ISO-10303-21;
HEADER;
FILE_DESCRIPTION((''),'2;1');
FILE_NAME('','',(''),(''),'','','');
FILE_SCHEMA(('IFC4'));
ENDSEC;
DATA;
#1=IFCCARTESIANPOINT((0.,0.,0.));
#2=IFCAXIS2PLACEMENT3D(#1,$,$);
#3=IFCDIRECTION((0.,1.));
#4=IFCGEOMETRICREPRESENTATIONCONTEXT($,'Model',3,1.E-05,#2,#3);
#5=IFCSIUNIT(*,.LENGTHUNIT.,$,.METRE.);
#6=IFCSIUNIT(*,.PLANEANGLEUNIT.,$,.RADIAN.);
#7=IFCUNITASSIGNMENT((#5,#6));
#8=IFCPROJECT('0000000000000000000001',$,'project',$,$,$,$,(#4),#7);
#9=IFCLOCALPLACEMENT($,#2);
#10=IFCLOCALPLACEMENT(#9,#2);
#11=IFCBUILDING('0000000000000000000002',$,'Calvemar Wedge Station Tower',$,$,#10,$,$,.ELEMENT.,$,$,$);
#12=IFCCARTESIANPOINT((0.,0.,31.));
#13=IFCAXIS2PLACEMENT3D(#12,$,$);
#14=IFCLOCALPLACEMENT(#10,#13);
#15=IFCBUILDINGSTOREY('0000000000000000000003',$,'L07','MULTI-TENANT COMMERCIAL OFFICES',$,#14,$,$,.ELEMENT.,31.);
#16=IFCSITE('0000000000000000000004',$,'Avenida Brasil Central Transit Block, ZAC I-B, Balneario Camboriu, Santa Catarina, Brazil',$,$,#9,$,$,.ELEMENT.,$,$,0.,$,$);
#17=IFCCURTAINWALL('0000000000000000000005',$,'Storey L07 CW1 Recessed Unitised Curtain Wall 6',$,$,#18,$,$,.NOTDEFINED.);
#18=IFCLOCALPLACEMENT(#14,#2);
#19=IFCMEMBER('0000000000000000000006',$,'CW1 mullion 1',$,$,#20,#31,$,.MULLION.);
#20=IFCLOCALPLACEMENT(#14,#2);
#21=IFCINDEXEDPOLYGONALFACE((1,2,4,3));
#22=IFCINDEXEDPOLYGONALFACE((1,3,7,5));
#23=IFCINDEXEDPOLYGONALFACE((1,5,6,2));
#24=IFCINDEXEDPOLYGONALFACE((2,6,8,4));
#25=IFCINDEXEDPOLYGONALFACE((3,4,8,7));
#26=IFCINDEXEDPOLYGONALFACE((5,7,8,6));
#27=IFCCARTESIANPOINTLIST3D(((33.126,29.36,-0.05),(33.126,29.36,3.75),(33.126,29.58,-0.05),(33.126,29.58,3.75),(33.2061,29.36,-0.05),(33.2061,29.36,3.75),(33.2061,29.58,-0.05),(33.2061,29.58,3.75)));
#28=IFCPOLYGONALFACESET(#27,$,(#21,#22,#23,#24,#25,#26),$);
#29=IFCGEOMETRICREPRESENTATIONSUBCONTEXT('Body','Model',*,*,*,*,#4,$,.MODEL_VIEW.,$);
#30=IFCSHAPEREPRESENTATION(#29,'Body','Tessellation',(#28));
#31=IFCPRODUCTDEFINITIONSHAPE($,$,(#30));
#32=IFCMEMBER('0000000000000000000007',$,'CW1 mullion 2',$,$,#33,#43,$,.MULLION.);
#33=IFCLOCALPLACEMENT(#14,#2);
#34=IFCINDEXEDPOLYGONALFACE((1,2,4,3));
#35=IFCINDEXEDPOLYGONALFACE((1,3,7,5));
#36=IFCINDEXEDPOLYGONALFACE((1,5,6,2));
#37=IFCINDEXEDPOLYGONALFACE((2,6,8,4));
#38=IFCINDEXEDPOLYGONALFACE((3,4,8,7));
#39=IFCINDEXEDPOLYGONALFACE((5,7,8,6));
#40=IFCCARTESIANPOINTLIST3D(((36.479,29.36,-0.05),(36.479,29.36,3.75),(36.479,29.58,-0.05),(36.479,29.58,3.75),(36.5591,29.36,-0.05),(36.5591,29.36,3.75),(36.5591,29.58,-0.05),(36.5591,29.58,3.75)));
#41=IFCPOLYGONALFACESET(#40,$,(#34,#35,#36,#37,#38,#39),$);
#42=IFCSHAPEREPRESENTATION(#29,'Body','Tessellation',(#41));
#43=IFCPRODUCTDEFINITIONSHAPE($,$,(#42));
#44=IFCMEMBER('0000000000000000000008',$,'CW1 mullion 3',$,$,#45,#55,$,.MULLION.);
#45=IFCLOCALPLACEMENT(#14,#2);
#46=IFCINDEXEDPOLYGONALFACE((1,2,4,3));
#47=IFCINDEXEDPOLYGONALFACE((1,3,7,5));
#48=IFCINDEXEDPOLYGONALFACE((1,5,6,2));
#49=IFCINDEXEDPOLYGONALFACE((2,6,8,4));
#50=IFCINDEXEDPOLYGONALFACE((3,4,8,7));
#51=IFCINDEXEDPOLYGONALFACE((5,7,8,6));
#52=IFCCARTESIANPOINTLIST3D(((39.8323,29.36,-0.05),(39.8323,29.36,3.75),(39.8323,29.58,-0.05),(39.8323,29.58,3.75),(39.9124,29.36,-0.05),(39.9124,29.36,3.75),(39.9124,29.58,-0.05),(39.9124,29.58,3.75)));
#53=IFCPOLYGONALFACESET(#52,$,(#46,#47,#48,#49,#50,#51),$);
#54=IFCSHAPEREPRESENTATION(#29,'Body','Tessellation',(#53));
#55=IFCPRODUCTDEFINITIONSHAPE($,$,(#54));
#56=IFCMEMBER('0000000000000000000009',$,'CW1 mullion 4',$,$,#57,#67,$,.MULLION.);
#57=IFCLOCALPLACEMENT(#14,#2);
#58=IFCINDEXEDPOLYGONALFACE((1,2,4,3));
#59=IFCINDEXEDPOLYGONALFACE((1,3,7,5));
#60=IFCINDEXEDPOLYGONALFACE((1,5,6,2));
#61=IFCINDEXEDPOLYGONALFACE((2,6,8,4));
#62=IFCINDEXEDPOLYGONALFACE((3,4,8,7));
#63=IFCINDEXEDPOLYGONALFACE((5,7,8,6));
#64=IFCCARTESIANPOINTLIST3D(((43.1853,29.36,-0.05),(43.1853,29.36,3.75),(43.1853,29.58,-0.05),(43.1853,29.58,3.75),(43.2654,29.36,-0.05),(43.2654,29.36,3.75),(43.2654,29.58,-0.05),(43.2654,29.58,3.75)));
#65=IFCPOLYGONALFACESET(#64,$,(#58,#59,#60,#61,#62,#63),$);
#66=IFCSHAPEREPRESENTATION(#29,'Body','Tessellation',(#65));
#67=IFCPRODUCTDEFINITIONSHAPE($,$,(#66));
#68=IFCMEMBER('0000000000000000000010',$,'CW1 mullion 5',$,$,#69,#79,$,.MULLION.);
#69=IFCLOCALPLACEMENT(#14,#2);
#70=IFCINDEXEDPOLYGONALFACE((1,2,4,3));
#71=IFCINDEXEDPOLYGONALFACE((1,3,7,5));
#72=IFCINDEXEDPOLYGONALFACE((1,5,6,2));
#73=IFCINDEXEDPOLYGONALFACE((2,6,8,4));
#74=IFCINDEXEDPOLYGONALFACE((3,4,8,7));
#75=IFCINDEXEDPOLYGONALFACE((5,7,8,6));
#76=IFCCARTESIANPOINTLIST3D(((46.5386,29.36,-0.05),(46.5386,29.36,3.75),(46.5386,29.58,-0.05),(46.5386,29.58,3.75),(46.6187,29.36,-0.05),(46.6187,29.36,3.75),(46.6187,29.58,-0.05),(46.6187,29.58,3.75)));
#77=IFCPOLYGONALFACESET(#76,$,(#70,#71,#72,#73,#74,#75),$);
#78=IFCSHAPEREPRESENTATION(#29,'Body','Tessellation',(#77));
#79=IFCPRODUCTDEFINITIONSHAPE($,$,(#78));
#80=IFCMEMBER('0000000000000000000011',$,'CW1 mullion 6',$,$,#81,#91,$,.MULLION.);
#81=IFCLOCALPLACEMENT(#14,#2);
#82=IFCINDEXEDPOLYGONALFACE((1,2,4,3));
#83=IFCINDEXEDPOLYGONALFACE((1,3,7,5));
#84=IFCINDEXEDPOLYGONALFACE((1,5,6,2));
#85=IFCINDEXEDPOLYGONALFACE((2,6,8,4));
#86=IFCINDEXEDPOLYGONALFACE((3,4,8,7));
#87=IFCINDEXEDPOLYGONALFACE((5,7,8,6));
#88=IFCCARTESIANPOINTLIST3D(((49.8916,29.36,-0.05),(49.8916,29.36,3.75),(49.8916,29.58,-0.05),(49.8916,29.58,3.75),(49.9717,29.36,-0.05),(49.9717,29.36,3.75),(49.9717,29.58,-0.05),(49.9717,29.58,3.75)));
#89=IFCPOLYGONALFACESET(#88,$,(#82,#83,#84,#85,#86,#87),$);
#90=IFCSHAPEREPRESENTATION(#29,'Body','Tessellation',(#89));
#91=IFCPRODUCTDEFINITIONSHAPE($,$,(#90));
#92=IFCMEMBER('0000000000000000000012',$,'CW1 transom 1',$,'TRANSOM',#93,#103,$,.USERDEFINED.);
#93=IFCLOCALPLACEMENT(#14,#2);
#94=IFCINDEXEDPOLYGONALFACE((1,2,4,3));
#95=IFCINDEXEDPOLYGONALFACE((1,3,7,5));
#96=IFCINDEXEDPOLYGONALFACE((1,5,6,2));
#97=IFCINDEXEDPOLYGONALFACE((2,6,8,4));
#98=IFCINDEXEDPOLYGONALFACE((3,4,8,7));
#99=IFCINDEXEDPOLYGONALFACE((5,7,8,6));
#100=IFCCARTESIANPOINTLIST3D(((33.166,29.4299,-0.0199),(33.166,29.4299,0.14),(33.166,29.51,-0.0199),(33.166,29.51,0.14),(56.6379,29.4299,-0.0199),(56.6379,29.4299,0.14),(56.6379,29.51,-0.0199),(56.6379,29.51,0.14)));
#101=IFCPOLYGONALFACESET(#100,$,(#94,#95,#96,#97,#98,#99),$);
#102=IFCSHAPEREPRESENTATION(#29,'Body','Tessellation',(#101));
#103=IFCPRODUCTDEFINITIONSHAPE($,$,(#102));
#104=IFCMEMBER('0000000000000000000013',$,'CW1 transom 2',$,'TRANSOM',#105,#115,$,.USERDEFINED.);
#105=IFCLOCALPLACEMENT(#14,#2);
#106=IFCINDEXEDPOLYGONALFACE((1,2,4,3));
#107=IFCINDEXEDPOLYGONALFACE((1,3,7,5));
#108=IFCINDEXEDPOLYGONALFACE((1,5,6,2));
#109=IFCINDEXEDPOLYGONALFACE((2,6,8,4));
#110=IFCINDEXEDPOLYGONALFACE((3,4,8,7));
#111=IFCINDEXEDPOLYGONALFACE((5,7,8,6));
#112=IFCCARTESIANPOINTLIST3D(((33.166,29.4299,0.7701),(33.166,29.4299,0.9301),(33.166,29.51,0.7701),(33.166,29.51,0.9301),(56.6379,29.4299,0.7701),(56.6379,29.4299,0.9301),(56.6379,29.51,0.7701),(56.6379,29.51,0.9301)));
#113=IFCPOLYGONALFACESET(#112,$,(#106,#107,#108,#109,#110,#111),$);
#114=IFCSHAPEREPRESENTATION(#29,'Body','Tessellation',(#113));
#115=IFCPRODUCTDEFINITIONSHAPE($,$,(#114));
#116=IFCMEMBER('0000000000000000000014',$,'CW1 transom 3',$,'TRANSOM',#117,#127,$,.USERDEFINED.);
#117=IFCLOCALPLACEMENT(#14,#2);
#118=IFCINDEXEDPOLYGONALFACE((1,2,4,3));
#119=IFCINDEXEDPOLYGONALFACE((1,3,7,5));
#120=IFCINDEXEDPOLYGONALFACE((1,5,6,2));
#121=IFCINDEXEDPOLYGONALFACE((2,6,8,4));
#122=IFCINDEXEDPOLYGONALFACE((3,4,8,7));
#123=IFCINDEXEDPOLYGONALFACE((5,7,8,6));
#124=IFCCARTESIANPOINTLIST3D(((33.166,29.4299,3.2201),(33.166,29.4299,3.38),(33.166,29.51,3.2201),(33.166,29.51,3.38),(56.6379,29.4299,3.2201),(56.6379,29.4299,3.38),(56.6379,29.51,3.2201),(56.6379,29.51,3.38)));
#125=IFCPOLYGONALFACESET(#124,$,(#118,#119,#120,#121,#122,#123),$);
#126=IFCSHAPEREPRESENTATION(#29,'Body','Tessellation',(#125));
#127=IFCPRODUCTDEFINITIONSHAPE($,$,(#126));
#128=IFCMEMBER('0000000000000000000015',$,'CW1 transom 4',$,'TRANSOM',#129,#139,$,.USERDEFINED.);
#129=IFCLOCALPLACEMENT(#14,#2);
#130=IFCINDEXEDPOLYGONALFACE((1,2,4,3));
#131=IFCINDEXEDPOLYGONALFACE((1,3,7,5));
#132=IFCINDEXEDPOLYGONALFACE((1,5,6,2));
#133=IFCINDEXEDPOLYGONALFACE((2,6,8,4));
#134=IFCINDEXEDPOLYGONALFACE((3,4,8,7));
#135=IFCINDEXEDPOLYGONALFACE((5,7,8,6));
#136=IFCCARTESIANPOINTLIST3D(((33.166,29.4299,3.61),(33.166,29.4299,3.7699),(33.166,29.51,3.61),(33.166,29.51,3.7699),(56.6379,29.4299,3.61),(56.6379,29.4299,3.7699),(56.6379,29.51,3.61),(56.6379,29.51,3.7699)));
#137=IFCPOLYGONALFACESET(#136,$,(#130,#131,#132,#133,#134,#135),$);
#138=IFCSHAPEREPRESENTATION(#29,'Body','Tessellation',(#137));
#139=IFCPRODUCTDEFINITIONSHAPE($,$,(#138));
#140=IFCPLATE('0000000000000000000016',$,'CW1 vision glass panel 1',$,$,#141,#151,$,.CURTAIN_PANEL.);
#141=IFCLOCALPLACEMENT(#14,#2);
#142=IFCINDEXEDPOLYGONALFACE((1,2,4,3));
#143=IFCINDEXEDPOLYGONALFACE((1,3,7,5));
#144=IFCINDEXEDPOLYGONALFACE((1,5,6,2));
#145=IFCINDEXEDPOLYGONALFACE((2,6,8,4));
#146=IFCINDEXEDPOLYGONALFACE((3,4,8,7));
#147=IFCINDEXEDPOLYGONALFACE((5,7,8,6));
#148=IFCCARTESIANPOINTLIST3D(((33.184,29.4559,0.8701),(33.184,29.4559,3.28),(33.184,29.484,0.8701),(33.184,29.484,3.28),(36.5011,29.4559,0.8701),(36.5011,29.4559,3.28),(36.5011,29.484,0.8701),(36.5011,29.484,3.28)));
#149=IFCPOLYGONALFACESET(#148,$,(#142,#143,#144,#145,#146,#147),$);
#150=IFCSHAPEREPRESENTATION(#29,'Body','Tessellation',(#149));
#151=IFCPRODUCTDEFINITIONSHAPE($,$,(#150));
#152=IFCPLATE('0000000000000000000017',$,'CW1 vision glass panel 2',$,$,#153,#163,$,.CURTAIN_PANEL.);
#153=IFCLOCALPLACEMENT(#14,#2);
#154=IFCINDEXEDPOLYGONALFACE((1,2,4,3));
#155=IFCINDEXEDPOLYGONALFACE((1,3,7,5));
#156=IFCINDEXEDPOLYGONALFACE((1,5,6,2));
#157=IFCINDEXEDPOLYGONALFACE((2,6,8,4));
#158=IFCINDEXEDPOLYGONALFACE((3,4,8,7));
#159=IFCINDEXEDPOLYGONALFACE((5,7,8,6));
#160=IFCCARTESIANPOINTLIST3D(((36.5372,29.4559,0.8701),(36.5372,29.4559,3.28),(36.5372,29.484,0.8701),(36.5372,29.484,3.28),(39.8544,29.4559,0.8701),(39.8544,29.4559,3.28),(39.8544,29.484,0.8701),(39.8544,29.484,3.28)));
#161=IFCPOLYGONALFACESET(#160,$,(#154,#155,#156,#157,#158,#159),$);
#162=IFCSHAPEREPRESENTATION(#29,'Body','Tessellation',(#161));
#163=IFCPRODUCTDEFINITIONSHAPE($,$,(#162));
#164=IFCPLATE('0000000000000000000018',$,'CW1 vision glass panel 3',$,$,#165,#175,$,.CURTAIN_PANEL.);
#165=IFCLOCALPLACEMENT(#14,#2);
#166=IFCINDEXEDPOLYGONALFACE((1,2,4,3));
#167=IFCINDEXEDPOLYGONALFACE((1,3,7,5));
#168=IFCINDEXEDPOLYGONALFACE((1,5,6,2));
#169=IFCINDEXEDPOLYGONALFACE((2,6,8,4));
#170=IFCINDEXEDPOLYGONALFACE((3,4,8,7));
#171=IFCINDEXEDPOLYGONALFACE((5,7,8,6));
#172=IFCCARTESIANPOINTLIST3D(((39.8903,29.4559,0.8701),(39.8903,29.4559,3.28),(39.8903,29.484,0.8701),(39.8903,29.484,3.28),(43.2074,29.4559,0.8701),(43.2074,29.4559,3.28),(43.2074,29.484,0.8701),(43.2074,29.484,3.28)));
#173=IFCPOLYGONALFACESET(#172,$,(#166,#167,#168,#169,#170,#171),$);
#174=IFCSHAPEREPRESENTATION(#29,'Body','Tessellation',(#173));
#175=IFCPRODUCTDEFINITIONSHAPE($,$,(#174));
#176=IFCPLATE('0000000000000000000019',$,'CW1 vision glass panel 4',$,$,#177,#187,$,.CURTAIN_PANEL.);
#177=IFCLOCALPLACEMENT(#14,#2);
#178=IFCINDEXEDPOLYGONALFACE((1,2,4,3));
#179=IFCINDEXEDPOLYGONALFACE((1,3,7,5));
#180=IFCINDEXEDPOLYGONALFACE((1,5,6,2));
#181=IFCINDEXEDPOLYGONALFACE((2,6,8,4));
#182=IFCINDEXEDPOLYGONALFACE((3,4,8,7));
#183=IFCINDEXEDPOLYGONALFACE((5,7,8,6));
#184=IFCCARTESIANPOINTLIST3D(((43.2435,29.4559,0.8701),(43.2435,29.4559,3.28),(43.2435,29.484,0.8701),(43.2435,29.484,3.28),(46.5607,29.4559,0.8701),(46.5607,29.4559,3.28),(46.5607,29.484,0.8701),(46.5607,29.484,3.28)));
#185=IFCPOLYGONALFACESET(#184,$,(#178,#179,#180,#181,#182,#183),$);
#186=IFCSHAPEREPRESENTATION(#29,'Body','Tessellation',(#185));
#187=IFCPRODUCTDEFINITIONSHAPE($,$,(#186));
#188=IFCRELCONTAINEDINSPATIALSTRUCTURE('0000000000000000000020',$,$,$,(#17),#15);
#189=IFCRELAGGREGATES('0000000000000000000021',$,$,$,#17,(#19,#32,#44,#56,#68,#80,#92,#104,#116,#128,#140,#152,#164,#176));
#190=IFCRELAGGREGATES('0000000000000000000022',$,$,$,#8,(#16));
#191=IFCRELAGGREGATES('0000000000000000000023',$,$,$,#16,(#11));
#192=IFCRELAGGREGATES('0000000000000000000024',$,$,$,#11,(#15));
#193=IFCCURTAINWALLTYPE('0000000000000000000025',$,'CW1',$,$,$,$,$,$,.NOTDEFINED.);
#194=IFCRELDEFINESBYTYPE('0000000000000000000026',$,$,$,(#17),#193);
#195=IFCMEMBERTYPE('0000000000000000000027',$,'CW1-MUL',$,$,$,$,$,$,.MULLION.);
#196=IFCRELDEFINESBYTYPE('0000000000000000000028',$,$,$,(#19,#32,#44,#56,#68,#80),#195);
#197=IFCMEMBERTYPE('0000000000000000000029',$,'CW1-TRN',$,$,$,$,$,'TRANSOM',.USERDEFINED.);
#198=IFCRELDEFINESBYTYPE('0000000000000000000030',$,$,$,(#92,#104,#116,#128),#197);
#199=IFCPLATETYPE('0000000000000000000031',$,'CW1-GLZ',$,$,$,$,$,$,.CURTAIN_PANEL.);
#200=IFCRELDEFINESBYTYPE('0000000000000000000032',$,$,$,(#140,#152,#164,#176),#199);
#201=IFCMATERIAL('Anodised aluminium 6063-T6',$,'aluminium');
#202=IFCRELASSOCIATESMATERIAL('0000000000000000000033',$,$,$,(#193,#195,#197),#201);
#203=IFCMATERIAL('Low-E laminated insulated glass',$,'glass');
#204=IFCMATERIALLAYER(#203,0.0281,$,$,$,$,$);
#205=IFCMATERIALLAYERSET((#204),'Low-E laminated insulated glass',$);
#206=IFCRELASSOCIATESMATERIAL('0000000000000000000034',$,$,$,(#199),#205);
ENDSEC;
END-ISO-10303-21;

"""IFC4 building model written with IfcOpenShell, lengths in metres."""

from ifc_helpers import new_model, si_unit, direction, frame, frame_2d, origin, origin_2d, place, context, subcontext, project, spatial, rectangle, extrude, source, transform, mapped, material, layer, layer_set, material_profile, profile_set, type_object, element, aggregate, save


model = new_model("IFC4")

# Units and contexts
model_context = context("Model", 3, precision=1e-05, world=origin(), true_north=direction((0.0, 1.0)))
body_context = subcontext(model_context, "Body", "Model", "MODEL_VIEW")
ifc_project = project(units=[si_unit("LENGTHUNIT", "METRE"), si_unit("PLANEANGLEUNIT", "RADIAN")], contexts=[model_context])

# Site, building, storey
site_placement = place(None, origin())
site = spatial("IfcSite", under=ifc_project, at=site_placement, Name="Avenida Brasil Central Transit Block, ZAC I-B, Balneario Camboriu, Santa Catarina, Brazil", CompositionType="ELEMENT", RefElevation=0.0)
building_placement = place(site_placement, origin())
building = spatial("IfcBuilding", under=site, at=building_placement, Name="Calvemar Wedge Station Tower", CompositionType="ELEMENT")
storey_placement = place(building_placement, frame((0.0, 0.0, 31.0)))
storey = spatial("IfcBuildingStorey", under=building, at=storey_placement, Name="L07", Description="MULTI-TENANT COMMERCIAL OFFICES", CompositionType="ELEMENT", Elevation=31.0)

# Curtain wall, members, plates
ifc_material_1 = material(Name="Anodised aluminium 6063-T6", Category="aluminium")
curtain_wall_type = type_object("IfcCurtainWallType", Name="CW1", PredefinedType="NOTDEFINED", material=ifc_material_1)
curtain_wall_placement = place(storey_placement, origin())
curtain_wall = element("IfcCurtainWall", 1, at=curtain_wall_placement, inside=storey, type_object=curtain_wall_type, Name="Storey L07 CW1 Recessed Unitised Curtain Wall 6", PredefinedType="NOTDEFINED")
ifc_material_profile_1 = material_profile(ifc_material_1, rectangle(XDim=0.0801, YDim=0.22, at=origin_2d()), Name="AL-MUL-80x220")
ifc_profile_set_1 = profile_set([ifc_material_profile_1], Name="Anodised aluminium 6063-T6")
member_type_1 = type_object("IfcMemberType", Name="CW1-MUL", PredefinedType="MULLION", material=ifc_profile_set_1)
shared_shape_1 = source(origin(), body_context, "Body", "SweptSolid", [
    extrude(rectangle(XDim=0.0801, YDim=0.22, at=origin_2d()), origin(), (0.0, 0.0, 1.0), 3.8),
])
member_1_placement = place(storey_placement, frame((33.166, 29.47, -0.05), z_axis=(0.0, 0.0, 1.0), x_axis=(1.0, 0.0, 0.0)))
member_1 = element("IfcMember", 2, at=member_1_placement, type_object=member_type_1, Name="CW1 mullion 1", PredefinedType="MULLION", context=body_context, shape_type="MappedRepresentation", body=[
    mapped(shared_shape_1, transform((0.0, 0.0, 0.0), scale=1.0)),
])
member_2_placement = place(storey_placement, frame((36.519, 29.47, -0.05), z_axis=(0.0, 0.0, 1.0), x_axis=(1.0, 0.0, 0.0)))
member_2 = element("IfcMember", 3, at=member_2_placement, type_object=member_type_1, Name="CW1 mullion 2", PredefinedType="MULLION", context=body_context, shape_type="MappedRepresentation", body=[
    mapped(shared_shape_1, transform((0.0, 0.0, 0.0), scale=1.0)),
])
member_3_placement = place(storey_placement, frame((39.8723, 29.47, -0.05), z_axis=(0.0, 0.0, 1.0), x_axis=(1.0, 0.0, 0.0)))
member_3 = element("IfcMember", 4, at=member_3_placement, type_object=member_type_1, Name="CW1 mullion 3", PredefinedType="MULLION", context=body_context, shape_type="MappedRepresentation", body=[
    mapped(shared_shape_1, transform((0.0, 0.0, 0.0), scale=1.0)),
])
member_4_placement = place(storey_placement, frame((43.2253, 29.47, -0.05), z_axis=(0.0, 0.0, 1.0), x_axis=(1.0, 0.0, 0.0)))
member_4 = element("IfcMember", 5, at=member_4_placement, type_object=member_type_1, Name="CW1 mullion 4", PredefinedType="MULLION", context=body_context, shape_type="MappedRepresentation", body=[
    mapped(shared_shape_1, transform((0.0, 0.0, 0.0), scale=1.0)),
])
member_5_placement = place(storey_placement, frame((46.5786, 29.47, -0.05), z_axis=(0.0, 0.0, 1.0), x_axis=(1.0, 0.0, 0.0)))
member_5 = element("IfcMember", 6, at=member_5_placement, type_object=member_type_1, Name="CW1 mullion 5", PredefinedType="MULLION", context=body_context, shape_type="MappedRepresentation", body=[
    mapped(shared_shape_1, transform((0.0, 0.0, 0.0), scale=1.0)),
])
member_6_placement = place(storey_placement, frame((49.9316, 29.47, -0.05), z_axis=(0.0, 0.0, 1.0), x_axis=(1.0, 0.0, 0.0)))
member_6 = element("IfcMember", 7, at=member_6_placement, type_object=member_type_1, Name="CW1 mullion 6", PredefinedType="MULLION", context=body_context, shape_type="MappedRepresentation", body=[
    mapped(shared_shape_1, transform((0.0, 0.0, 0.0), scale=1.0)),
])
ifc_material_profile_2 = material_profile(ifc_material_1, rectangle(XDim=0.0801, YDim=0.1599, at=origin_2d()), Name="AL-TRN-80x160")
ifc_profile_set_2 = profile_set([ifc_material_profile_2], Name="Anodised aluminium 6063-T6")
member_type_2 = type_object("IfcMemberType", Name="CW1-TRN", ElementType="TRANSOM", PredefinedType="USERDEFINED", material=ifc_profile_set_2)
shared_shape_2 = source(origin(), body_context, "Body", "SweptSolid", [
    extrude(rectangle(XDim=0.0801, YDim=0.1599, at=origin_2d()), origin(), (0.0, 0.0, 1.0), 23.4719),
])
member_7_placement = place(storey_placement, frame((33.166, 29.47, 0.0601), z_axis=(1.0, 0.0, 0.0), x_axis=(0.0, 1.0, 0.0)))
member_7 = element("IfcMember", 8, at=member_7_placement, type_object=member_type_2, Name="CW1 transom 1", ObjectType="TRANSOM", PredefinedType="USERDEFINED", context=body_context, shape_type="MappedRepresentation", body=[
    mapped(shared_shape_2, transform((0.0, 0.0, 0.0), scale=1.0)),
])
member_8_placement = place(storey_placement, frame((33.166, 29.47, 0.8501), z_axis=(1.0, 0.0, 0.0), x_axis=(0.0, 1.0, 0.0)))
member_8 = element("IfcMember", 9, at=member_8_placement, type_object=member_type_2, Name="CW1 transom 2", ObjectType="TRANSOM", PredefinedType="USERDEFINED", context=body_context, shape_type="MappedRepresentation", body=[
    mapped(shared_shape_2, transform((0.0, 0.0, 0.0), scale=1.0)),
])
member_9_placement = place(storey_placement, frame((33.166, 29.47, 3.3), z_axis=(1.0, 0.0, 0.0), x_axis=(0.0, 1.0, 0.0)))
member_9 = element("IfcMember", 10, at=member_9_placement, type_object=member_type_2, Name="CW1 transom 3", ObjectType="TRANSOM", PredefinedType="USERDEFINED", context=body_context, shape_type="MappedRepresentation", body=[
    mapped(shared_shape_2, transform((0.0, 0.0, 0.0), scale=1.0)),
])
member_10_placement = place(storey_placement, frame((33.166, 29.47, 3.6899), z_axis=(1.0, 0.0, 0.0), x_axis=(0.0, 1.0, 0.0)))
member_10 = element("IfcMember", 11, at=member_10_placement, type_object=member_type_2, Name="CW1 transom 4", ObjectType="TRANSOM", PredefinedType="USERDEFINED", context=body_context, shape_type="MappedRepresentation", body=[
    mapped(shared_shape_2, transform((0.0, 0.0, 0.0), scale=1.0)),
])
ifc_material_2 = material(Name="Low-E laminated insulated glass", Category="glass")
ifc_layer_1 = layer(ifc_material_2, 0.0281)
ifc_layer_set_1 = layer_set([ifc_layer_1], Name="Low-E laminated insulated glass")
plate_type_1 = type_object("IfcPlateType", Name="CW1-GLZ", PredefinedType="CURTAIN_PANEL", material=ifc_layer_set_1)
plate_1_placement = place(storey_placement, frame((33.1838, 29.47, 0.8701), z_axis=(0.0, 0.0, 1.0), x_axis=(1.0, 0.0, 0.0)))
plate_1 = element("IfcPlate", 12, at=plate_1_placement, type_object=plate_type_1, Name="CW1 vision glass panel 1", PredefinedType="CURTAIN_PANEL", context=body_context, shape_type="SweptSolid", body=[
    extrude(rectangle(XDim=3.3171, YDim=0.0281, at=frame_2d((1.6587, 0.0))), origin(), (0.0, 0.0, 1.0), 2.4099),
])
plate_2_placement = place(storey_placement, frame((36.5371, 29.47, 0.8701), z_axis=(0.0, 0.0, 1.0), x_axis=(1.0, 0.0, 0.0)))
plate_2 = element("IfcPlate", 13, at=plate_2_placement, type_object=plate_type_1, Name="CW1 vision glass panel 2", PredefinedType="CURTAIN_PANEL", context=body_context, shape_type="SweptSolid", body=[
    extrude(rectangle(XDim=3.3171, YDim=0.0281, at=frame_2d((1.6587, 0.0))), origin(), (0.0, 0.0, 1.0), 2.4099),
])
plate_3_placement = place(storey_placement, frame((39.8901, 29.47, 0.8701), z_axis=(0.0, 0.0, 1.0), x_axis=(1.0, 0.0, 0.0)))
plate_3 = element("IfcPlate", 14, at=plate_3_placement, type_object=plate_type_1, Name="CW1 vision glass panel 3", PredefinedType="CURTAIN_PANEL", context=body_context, shape_type="SweptSolid", body=[
    extrude(rectangle(XDim=3.3171, YDim=0.0281, at=frame_2d((1.6587, 0.0))), origin(), (0.0, 0.0, 1.0), 2.4099),
])
plate_4_placement = place(storey_placement, frame((43.2434, 29.47, 0.8701), z_axis=(0.0, 0.0, 1.0), x_axis=(1.0, 0.0, 0.0)))
plate_4 = element("IfcPlate", 15, at=plate_4_placement, type_object=plate_type_1, Name="CW1 vision glass panel 4", PredefinedType="CURTAIN_PANEL", context=body_context, shape_type="SweptSolid", body=[
    extrude(rectangle(XDim=3.3171, YDim=0.0281, at=frame_2d((1.6587, 0.0))), origin(), (0.0, 0.0, 1.0), 2.4099),
])
aggregate(curtain_wall, [member_1, member_2, member_3, member_4, member_5, member_6, member_7, member_8, member_9, member_10, plate_1, plate_2, plate_3, plate_4])

save(model, "model.ifc")
